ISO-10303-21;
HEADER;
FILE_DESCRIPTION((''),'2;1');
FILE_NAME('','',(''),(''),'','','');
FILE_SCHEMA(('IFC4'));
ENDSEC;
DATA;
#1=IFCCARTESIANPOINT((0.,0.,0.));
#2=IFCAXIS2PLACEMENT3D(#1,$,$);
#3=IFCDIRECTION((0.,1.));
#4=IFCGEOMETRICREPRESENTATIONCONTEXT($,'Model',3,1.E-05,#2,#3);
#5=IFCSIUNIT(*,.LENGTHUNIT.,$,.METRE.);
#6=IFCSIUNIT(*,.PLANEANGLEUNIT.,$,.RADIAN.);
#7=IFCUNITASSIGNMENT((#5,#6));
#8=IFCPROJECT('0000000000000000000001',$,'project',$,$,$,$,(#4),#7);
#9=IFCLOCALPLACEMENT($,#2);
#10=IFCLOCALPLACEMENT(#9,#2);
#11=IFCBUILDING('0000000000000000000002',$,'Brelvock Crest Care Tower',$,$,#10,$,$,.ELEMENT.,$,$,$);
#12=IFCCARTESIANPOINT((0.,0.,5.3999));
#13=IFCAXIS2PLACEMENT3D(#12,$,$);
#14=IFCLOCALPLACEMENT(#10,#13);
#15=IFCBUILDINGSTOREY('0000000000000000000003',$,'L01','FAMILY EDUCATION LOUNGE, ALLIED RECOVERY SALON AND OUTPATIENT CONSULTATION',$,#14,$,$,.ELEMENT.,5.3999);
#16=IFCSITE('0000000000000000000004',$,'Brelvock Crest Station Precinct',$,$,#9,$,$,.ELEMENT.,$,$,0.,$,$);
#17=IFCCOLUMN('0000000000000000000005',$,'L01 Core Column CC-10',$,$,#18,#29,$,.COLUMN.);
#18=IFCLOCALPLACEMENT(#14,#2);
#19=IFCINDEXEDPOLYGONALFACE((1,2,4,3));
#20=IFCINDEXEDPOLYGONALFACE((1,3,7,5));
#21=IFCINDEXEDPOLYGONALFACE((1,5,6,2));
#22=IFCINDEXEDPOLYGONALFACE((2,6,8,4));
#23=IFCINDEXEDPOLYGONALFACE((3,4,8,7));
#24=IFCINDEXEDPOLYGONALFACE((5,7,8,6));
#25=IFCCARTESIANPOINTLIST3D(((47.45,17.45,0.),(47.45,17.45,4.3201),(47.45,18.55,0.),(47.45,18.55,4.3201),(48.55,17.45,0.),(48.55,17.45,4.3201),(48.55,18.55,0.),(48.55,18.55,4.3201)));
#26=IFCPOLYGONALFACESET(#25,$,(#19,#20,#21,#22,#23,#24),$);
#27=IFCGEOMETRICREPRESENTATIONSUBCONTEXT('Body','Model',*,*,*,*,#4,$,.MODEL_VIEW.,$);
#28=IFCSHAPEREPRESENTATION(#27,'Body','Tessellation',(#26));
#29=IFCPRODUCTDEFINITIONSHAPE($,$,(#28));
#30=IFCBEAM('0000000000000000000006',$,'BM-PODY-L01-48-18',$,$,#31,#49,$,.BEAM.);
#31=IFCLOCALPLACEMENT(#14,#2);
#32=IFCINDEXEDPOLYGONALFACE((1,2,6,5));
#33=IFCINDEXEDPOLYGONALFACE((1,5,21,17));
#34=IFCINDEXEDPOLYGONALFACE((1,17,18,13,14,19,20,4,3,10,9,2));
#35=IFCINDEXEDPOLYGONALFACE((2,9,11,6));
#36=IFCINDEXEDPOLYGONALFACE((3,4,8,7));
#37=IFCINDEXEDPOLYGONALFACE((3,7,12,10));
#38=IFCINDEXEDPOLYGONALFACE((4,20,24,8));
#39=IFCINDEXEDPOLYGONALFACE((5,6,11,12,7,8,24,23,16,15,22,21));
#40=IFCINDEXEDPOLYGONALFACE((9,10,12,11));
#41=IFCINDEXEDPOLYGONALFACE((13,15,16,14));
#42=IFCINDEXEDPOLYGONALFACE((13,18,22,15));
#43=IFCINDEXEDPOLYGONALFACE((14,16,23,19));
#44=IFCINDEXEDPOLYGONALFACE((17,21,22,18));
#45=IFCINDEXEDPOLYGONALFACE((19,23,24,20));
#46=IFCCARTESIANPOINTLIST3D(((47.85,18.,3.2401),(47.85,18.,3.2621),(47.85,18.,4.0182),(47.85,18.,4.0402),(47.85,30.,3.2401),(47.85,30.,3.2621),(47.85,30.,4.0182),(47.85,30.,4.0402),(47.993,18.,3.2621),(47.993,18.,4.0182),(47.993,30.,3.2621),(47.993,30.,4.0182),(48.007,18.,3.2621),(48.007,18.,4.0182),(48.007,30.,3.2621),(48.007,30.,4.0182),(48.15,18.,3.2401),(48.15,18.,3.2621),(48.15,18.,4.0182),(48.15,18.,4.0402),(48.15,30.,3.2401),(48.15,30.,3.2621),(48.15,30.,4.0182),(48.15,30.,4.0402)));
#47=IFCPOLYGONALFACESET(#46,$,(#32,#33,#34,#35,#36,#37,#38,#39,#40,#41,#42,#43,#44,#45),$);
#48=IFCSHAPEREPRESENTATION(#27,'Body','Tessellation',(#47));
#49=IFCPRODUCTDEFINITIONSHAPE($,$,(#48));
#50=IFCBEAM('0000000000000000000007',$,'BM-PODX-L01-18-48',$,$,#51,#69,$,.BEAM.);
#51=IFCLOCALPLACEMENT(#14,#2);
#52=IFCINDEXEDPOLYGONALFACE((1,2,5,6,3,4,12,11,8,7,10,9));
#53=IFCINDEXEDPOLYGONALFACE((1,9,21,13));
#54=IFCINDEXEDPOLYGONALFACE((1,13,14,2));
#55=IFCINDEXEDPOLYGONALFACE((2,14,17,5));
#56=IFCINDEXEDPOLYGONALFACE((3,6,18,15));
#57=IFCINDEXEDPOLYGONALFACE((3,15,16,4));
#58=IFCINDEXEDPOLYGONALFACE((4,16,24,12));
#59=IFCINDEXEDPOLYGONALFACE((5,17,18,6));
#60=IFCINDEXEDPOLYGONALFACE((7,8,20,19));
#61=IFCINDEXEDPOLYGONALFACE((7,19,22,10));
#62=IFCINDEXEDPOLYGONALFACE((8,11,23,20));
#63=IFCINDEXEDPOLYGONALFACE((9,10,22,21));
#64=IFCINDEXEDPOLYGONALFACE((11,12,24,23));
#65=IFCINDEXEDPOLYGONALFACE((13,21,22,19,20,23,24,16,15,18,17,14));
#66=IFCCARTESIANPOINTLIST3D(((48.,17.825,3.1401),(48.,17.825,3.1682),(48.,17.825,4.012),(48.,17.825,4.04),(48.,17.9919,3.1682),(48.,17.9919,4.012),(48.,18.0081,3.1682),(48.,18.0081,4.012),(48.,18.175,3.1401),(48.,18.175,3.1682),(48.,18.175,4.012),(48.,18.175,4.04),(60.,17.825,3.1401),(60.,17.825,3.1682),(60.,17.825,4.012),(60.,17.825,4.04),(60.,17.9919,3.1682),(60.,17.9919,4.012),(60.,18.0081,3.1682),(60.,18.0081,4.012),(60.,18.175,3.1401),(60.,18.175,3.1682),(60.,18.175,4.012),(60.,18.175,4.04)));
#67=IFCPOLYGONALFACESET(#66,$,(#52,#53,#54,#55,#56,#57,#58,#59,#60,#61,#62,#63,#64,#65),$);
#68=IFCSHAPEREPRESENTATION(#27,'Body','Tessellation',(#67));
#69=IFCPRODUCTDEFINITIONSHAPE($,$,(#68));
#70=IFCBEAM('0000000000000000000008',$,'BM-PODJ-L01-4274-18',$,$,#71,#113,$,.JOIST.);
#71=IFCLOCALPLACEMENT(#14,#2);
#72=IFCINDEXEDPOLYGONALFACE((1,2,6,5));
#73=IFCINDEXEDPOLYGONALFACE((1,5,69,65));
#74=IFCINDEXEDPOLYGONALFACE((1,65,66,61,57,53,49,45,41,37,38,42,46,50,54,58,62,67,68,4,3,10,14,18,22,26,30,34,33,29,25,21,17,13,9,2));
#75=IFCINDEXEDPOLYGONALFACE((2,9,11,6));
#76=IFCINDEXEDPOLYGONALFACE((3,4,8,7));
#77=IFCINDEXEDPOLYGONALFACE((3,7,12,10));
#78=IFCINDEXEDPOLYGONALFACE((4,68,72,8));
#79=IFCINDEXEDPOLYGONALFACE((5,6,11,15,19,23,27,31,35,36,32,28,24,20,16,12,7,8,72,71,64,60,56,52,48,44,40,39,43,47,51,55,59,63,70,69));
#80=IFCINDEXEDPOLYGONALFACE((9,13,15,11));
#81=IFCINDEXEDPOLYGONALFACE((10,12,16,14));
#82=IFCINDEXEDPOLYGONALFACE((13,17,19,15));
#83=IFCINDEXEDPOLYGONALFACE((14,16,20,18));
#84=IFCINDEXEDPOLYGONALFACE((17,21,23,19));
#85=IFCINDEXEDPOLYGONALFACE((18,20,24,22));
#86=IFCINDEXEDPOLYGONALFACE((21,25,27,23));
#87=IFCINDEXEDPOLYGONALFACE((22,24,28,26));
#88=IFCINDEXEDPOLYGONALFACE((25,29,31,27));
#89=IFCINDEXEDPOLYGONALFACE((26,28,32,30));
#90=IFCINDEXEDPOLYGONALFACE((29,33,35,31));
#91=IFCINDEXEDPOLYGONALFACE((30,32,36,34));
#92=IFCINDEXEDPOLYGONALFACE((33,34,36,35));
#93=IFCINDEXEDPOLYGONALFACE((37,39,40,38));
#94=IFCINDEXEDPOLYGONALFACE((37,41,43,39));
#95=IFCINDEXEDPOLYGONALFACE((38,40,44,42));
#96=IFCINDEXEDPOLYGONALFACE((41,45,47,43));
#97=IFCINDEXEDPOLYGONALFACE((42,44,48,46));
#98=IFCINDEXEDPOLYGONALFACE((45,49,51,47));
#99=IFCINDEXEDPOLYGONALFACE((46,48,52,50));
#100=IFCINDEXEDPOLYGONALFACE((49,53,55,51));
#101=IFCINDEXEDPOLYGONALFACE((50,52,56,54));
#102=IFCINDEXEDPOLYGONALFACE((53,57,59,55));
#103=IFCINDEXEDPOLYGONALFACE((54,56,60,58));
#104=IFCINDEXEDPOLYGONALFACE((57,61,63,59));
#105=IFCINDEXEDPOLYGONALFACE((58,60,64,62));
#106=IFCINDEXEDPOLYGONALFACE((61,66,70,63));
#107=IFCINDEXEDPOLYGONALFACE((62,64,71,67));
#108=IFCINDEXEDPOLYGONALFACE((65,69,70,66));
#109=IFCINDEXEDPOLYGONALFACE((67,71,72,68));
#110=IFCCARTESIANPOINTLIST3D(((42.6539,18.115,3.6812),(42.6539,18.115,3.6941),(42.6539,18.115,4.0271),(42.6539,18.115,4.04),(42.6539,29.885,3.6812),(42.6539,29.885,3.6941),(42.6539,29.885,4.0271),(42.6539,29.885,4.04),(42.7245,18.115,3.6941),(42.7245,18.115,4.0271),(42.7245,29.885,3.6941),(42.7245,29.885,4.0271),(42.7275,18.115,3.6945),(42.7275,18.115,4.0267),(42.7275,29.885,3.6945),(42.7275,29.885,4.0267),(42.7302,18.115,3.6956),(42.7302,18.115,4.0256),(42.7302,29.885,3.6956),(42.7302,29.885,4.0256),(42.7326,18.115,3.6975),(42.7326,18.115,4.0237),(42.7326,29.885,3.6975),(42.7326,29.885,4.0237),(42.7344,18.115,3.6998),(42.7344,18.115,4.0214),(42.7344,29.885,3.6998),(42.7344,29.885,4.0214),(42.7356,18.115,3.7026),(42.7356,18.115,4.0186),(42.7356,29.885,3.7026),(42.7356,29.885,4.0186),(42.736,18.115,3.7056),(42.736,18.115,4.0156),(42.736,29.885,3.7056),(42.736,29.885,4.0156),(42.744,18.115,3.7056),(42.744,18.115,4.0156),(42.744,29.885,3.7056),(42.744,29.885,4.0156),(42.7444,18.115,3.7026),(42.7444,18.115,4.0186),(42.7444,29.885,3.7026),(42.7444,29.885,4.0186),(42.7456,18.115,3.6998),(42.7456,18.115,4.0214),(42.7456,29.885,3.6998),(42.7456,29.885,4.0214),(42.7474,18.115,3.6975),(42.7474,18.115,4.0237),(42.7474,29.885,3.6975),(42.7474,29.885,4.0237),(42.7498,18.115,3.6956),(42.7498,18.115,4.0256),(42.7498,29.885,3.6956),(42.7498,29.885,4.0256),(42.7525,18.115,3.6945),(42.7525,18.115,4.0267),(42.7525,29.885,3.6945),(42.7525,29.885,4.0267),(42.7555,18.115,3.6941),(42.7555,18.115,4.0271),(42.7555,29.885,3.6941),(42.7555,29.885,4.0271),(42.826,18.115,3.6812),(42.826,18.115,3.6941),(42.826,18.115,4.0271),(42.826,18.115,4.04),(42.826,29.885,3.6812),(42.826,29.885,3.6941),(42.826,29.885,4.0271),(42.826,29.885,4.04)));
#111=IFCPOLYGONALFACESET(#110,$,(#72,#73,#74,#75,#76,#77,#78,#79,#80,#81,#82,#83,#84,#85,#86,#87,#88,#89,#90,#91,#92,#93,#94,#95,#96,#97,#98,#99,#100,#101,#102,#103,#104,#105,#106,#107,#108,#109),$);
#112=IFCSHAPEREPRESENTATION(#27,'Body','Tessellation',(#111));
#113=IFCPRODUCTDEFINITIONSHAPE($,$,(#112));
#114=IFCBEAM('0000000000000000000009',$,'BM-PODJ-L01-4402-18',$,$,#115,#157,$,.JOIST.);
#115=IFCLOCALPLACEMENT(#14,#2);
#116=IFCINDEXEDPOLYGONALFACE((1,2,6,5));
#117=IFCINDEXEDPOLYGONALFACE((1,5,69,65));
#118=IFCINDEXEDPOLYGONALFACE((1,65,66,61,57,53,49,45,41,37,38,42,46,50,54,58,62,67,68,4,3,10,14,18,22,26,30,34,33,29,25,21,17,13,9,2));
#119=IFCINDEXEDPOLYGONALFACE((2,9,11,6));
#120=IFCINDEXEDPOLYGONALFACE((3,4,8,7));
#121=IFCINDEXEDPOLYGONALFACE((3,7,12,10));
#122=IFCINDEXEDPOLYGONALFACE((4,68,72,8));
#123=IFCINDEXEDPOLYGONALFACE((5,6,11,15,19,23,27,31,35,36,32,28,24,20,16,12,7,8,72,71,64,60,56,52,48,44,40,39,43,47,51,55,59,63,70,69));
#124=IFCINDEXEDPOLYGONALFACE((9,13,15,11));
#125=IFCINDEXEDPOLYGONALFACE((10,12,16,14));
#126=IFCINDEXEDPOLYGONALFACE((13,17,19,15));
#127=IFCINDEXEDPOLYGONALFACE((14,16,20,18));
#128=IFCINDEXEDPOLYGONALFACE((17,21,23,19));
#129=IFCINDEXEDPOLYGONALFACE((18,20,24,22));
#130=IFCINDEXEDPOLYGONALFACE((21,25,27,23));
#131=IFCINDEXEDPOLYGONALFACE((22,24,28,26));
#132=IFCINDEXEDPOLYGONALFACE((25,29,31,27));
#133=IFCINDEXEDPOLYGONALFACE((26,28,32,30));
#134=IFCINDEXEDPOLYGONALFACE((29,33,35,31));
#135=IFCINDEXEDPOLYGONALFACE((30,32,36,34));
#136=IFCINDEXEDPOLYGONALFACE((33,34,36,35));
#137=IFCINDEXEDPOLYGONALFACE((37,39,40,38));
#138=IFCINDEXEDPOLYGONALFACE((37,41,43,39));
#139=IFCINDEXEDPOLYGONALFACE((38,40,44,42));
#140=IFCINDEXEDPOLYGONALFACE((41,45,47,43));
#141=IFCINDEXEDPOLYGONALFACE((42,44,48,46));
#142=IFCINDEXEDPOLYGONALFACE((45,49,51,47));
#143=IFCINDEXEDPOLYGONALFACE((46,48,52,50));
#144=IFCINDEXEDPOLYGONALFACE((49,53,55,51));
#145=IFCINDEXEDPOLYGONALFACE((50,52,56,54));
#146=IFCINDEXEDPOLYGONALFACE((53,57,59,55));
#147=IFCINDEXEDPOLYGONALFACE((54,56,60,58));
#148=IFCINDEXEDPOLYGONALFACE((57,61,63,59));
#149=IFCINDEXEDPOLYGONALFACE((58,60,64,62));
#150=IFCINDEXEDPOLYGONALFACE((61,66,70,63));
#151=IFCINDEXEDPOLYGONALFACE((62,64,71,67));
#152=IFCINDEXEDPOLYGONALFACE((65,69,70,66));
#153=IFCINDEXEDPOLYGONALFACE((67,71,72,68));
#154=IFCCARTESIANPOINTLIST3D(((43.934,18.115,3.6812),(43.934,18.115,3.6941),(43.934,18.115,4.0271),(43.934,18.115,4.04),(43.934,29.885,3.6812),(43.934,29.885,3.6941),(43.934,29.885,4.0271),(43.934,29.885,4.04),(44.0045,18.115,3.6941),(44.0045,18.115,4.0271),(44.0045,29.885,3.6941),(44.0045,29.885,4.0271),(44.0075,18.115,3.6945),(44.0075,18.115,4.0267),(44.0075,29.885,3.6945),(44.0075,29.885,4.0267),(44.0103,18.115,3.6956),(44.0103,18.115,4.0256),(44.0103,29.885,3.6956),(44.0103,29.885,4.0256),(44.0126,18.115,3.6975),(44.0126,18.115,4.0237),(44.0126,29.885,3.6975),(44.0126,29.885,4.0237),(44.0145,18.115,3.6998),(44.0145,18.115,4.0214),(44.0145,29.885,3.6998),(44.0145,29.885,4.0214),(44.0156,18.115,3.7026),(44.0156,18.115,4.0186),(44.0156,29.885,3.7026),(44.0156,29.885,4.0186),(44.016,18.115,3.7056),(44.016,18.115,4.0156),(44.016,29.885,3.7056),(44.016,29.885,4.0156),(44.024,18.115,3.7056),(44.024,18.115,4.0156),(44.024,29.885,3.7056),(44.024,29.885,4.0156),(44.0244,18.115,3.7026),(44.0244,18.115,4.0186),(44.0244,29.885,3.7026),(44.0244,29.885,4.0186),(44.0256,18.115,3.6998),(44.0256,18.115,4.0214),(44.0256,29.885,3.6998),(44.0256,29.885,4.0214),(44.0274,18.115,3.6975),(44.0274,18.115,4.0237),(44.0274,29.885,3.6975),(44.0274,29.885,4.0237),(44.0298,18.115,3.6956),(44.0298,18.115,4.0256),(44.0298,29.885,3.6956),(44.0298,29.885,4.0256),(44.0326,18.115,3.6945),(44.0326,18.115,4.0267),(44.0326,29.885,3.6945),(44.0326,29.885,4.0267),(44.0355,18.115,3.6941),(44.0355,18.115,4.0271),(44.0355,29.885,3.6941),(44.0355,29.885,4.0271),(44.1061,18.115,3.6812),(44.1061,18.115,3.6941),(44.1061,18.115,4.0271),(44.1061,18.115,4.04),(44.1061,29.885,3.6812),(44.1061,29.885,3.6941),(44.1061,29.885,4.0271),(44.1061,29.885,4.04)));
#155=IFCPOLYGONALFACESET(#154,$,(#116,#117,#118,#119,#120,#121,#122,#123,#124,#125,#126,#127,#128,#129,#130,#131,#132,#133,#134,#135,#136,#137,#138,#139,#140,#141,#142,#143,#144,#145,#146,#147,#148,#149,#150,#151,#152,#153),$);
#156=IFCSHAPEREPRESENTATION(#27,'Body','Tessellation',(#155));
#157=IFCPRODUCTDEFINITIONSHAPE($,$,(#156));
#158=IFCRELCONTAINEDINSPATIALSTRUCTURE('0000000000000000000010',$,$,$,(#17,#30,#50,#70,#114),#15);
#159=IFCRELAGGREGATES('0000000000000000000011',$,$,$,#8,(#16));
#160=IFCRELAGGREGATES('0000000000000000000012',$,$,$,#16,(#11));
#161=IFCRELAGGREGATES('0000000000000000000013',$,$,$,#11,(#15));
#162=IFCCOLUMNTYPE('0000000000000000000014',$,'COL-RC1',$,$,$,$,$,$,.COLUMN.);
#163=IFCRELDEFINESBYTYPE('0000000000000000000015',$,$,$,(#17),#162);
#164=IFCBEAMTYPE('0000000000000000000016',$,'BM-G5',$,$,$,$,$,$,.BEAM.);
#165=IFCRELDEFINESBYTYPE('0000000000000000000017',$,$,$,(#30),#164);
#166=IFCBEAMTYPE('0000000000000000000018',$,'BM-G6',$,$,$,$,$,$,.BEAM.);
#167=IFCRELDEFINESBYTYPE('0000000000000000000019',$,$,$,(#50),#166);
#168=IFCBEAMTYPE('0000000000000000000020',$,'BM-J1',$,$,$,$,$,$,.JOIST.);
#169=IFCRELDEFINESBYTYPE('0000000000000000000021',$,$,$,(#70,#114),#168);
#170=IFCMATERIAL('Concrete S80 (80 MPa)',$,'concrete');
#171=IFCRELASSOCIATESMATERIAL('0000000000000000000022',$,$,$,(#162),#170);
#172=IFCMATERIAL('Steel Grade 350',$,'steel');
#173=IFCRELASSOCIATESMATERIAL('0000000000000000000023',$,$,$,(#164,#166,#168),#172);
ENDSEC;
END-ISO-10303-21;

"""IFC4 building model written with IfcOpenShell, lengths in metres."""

from ifc_helpers import new_model, si_unit, direction, frame, origin, origin_2d, place, context, subcontext, project, spatial, rectangle, i_section, extrude, source, transform, mapped, material, material_profile, profile_set, type_object, element, save


model = new_model("IFC4")

# Units and contexts
model_context = context("Model", 3, precision=1e-05, world=origin(), true_north=direction((0.0, 1.0)))
body_context = subcontext(model_context, "Body", "Model", "MODEL_VIEW")
ifc_project = project(units=[si_unit("LENGTHUNIT", "METRE"), si_unit("PLANEANGLEUNIT", "RADIAN")], contexts=[model_context])

# Site, building, storey
site_placement = place(None, origin())
site = spatial("IfcSite", under=ifc_project, at=site_placement, Name="Brelvock Crest Station Precinct", CompositionType="ELEMENT", RefElevation=0.0)
building_placement = place(site_placement, origin())
building = spatial("IfcBuilding", under=site, at=building_placement, Name="Brelvock Crest Care Tower", CompositionType="ELEMENT")
storey_placement = place(building_placement, frame((0.0, 0.0, 5.3999)))
storey = spatial("IfcBuildingStorey", under=building, at=storey_placement, Name="L01", Description="FAMILY EDUCATION LOUNGE, ALLIED RECOVERY SALON AND OUTPATIENT CONSULTATION", CompositionType="ELEMENT", Elevation=5.3999)

# Column
ifc_material_1 = material(Name="Concrete S80 (80 MPa)", Category="concrete")
ifc_material_profile_1 = material_profile(ifc_material_1, rectangle(XDim=1.1001, YDim=1.1001, at=origin_2d()), Name="RC1100x1100")
ifc_profile_set_1 = profile_set([ifc_material_profile_1], Name="Concrete S80 (80 MPa)")
column_type = type_object("IfcColumnType", Name="COL-RC1", PredefinedType="COLUMN", material=ifc_profile_set_1)
shared_shape_1 = source(origin(), body_context, "Body", "SweptSolid", [
    extrude(rectangle(XDim=1.1001, YDim=1.1001, at=origin_2d()), origin(), (0.0, 0.0, 1.0), 4.3201),
])
column_placement = place(storey_placement, frame((48.0, 18.0, 0.0), z_axis=(0.0, 0.0, 1.0), x_axis=(1.0, 0.0, 0.0)))
element("IfcColumn", 1, at=column_placement, inside=storey, type_object=column_type, Name="L01 Core Column CC-10", PredefinedType="COLUMN", context=body_context, shape_type="MappedRepresentation", body=[
    mapped(shared_shape_1, transform((0.0, 0.0, 0.0), x_axis=(1.0, 0.0, 0.0), y_axis=(0.0, 1.0, 0.0), z_axis=(0.0, 0.0, 1.0), scale=1.0)),
])

# Beams
ifc_material_2 = material(Name="Steel Grade 350", Category="steel")
ifc_material_profile_2 = material_profile(ifc_material_2, i_section(OverallWidth=0.3, OverallDepth=0.8, WebThickness=0.0139, FlangeThickness=0.022, at=origin_2d()), Name="800WB192")
ifc_profile_set_2 = profile_set([ifc_material_profile_2], Name="Steel Grade 350")
beam_type_1 = type_object("IfcBeamType", Name="BM-G5", PredefinedType="BEAM", material=ifc_profile_set_2)
shared_shape_2 = source(origin(), body_context, "Body", "SweptSolid", [
    extrude(i_section(OverallWidth=0.3, OverallDepth=0.8, WebThickness=0.0139, FlangeThickness=0.022, at=origin_2d()), origin(), (0.0, 0.0, 1.0), 12.0),
])
beam_1_placement = place(storey_placement, frame((48.0, 18.0, 3.6401), z_axis=(0.0, 1.0, 0.0), x_axis=(-1.0, 0.0, 0.0)))
element("IfcBeam", 2, at=beam_1_placement, inside=storey, type_object=beam_type_1, Name="BM-PODY-L01-48-18", PredefinedType="BEAM", context=body_context, shape_type="MappedRepresentation", body=[
    mapped(shared_shape_2, transform((0.0, 0.0, 0.0), x_axis=(1.0, 0.0, 0.0), y_axis=(0.0, 1.0, 0.0), z_axis=(0.0, 0.0, 1.0), scale=1.0)),
])
ifc_material_profile_3 = material_profile(ifc_material_2, i_section(OverallWidth=0.3501, OverallDepth=0.8999, WebThickness=0.0161, FlangeThickness=0.0281, at=origin_2d()), Name="900WB257")
ifc_profile_set_3 = profile_set([ifc_material_profile_3], Name="Steel Grade 350")
beam_type_2 = type_object("IfcBeamType", Name="BM-G6", PredefinedType="BEAM", material=ifc_profile_set_3)
shared_shape_3 = source(origin(), body_context, "Body", "SweptSolid", [
    extrude(i_section(OverallWidth=0.3501, OverallDepth=0.8999, WebThickness=0.0161, FlangeThickness=0.0281, at=origin_2d()), origin(), (0.0, 0.0, 1.0), 12.0),
])
beam_2_placement = place(storey_placement, frame((48.0, 18.0, 3.5901), z_axis=(1.0, 0.0, 0.0), x_axis=(0.0, 1.0, 0.0)))
element("IfcBeam", 3, at=beam_2_placement, inside=storey, type_object=beam_type_2, Name="BM-PODX-L01-18-48", PredefinedType="BEAM", context=body_context, shape_type="MappedRepresentation", body=[
    mapped(shared_shape_3, transform((0.0, 0.0, 0.0), x_axis=(1.0, 0.0, 0.0), y_axis=(0.0, 1.0, 0.0), z_axis=(0.0, 0.0, 1.0), scale=1.0)),
])
ifc_material_profile_4 = material_profile(ifc_material_2, i_section(OverallWidth=0.1721, OverallDepth=0.3589, WebThickness=0.0081, FlangeThickness=0.0129, FilletRadius=0.0115, at=origin_2d()), Name="360UB56.7")
ifc_profile_set_4 = profile_set([ifc_material_profile_4], Name="Steel Grade 350")
beam_type_3 = type_object("IfcBeamType", Name="BM-J1", PredefinedType="JOIST", material=ifc_profile_set_4)
shared_shape_4 = source(origin(), body_context, "Body", "SweptSolid", [
    extrude(i_section(OverallWidth=0.1721, OverallDepth=0.3589, WebThickness=0.0081, FlangeThickness=0.0129, FilletRadius=0.0115, at=origin_2d()), origin(), (0.0, 0.0, 1.0), 11.77),
])
for number, where, z_axis, x_axis, name in (
    (4, (42.74, 18.115, 3.8606), (0.0, 1.0, 0.0), (-1.0, 0.0, 0.0), "BM-PODJ-L01-4274-18"),
    (5, (44.02, 18.115, 3.8606), (0.0, 1.0, 0.0), (-1.0, 0.0, 0.0), "BM-PODJ-L01-4402-18"),
):
    element("IfcBeam", number, at=place(storey_placement, frame(where, z_axis=z_axis, x_axis=x_axis)), inside=storey, type_object=beam_type_3, Name=name, PredefinedType="JOIST", context=body_context, shape_type="MappedRepresentation", body=[
        mapped(shared_shape_4, transform((0.0, 0.0, 0.0), x_axis=(1.0, 0.0, 0.0), y_axis=(0.0, 1.0, 0.0), z_axis=(0.0, 0.0, 1.0), scale=1.0)),
    ])

save(model, "model.ifc")
